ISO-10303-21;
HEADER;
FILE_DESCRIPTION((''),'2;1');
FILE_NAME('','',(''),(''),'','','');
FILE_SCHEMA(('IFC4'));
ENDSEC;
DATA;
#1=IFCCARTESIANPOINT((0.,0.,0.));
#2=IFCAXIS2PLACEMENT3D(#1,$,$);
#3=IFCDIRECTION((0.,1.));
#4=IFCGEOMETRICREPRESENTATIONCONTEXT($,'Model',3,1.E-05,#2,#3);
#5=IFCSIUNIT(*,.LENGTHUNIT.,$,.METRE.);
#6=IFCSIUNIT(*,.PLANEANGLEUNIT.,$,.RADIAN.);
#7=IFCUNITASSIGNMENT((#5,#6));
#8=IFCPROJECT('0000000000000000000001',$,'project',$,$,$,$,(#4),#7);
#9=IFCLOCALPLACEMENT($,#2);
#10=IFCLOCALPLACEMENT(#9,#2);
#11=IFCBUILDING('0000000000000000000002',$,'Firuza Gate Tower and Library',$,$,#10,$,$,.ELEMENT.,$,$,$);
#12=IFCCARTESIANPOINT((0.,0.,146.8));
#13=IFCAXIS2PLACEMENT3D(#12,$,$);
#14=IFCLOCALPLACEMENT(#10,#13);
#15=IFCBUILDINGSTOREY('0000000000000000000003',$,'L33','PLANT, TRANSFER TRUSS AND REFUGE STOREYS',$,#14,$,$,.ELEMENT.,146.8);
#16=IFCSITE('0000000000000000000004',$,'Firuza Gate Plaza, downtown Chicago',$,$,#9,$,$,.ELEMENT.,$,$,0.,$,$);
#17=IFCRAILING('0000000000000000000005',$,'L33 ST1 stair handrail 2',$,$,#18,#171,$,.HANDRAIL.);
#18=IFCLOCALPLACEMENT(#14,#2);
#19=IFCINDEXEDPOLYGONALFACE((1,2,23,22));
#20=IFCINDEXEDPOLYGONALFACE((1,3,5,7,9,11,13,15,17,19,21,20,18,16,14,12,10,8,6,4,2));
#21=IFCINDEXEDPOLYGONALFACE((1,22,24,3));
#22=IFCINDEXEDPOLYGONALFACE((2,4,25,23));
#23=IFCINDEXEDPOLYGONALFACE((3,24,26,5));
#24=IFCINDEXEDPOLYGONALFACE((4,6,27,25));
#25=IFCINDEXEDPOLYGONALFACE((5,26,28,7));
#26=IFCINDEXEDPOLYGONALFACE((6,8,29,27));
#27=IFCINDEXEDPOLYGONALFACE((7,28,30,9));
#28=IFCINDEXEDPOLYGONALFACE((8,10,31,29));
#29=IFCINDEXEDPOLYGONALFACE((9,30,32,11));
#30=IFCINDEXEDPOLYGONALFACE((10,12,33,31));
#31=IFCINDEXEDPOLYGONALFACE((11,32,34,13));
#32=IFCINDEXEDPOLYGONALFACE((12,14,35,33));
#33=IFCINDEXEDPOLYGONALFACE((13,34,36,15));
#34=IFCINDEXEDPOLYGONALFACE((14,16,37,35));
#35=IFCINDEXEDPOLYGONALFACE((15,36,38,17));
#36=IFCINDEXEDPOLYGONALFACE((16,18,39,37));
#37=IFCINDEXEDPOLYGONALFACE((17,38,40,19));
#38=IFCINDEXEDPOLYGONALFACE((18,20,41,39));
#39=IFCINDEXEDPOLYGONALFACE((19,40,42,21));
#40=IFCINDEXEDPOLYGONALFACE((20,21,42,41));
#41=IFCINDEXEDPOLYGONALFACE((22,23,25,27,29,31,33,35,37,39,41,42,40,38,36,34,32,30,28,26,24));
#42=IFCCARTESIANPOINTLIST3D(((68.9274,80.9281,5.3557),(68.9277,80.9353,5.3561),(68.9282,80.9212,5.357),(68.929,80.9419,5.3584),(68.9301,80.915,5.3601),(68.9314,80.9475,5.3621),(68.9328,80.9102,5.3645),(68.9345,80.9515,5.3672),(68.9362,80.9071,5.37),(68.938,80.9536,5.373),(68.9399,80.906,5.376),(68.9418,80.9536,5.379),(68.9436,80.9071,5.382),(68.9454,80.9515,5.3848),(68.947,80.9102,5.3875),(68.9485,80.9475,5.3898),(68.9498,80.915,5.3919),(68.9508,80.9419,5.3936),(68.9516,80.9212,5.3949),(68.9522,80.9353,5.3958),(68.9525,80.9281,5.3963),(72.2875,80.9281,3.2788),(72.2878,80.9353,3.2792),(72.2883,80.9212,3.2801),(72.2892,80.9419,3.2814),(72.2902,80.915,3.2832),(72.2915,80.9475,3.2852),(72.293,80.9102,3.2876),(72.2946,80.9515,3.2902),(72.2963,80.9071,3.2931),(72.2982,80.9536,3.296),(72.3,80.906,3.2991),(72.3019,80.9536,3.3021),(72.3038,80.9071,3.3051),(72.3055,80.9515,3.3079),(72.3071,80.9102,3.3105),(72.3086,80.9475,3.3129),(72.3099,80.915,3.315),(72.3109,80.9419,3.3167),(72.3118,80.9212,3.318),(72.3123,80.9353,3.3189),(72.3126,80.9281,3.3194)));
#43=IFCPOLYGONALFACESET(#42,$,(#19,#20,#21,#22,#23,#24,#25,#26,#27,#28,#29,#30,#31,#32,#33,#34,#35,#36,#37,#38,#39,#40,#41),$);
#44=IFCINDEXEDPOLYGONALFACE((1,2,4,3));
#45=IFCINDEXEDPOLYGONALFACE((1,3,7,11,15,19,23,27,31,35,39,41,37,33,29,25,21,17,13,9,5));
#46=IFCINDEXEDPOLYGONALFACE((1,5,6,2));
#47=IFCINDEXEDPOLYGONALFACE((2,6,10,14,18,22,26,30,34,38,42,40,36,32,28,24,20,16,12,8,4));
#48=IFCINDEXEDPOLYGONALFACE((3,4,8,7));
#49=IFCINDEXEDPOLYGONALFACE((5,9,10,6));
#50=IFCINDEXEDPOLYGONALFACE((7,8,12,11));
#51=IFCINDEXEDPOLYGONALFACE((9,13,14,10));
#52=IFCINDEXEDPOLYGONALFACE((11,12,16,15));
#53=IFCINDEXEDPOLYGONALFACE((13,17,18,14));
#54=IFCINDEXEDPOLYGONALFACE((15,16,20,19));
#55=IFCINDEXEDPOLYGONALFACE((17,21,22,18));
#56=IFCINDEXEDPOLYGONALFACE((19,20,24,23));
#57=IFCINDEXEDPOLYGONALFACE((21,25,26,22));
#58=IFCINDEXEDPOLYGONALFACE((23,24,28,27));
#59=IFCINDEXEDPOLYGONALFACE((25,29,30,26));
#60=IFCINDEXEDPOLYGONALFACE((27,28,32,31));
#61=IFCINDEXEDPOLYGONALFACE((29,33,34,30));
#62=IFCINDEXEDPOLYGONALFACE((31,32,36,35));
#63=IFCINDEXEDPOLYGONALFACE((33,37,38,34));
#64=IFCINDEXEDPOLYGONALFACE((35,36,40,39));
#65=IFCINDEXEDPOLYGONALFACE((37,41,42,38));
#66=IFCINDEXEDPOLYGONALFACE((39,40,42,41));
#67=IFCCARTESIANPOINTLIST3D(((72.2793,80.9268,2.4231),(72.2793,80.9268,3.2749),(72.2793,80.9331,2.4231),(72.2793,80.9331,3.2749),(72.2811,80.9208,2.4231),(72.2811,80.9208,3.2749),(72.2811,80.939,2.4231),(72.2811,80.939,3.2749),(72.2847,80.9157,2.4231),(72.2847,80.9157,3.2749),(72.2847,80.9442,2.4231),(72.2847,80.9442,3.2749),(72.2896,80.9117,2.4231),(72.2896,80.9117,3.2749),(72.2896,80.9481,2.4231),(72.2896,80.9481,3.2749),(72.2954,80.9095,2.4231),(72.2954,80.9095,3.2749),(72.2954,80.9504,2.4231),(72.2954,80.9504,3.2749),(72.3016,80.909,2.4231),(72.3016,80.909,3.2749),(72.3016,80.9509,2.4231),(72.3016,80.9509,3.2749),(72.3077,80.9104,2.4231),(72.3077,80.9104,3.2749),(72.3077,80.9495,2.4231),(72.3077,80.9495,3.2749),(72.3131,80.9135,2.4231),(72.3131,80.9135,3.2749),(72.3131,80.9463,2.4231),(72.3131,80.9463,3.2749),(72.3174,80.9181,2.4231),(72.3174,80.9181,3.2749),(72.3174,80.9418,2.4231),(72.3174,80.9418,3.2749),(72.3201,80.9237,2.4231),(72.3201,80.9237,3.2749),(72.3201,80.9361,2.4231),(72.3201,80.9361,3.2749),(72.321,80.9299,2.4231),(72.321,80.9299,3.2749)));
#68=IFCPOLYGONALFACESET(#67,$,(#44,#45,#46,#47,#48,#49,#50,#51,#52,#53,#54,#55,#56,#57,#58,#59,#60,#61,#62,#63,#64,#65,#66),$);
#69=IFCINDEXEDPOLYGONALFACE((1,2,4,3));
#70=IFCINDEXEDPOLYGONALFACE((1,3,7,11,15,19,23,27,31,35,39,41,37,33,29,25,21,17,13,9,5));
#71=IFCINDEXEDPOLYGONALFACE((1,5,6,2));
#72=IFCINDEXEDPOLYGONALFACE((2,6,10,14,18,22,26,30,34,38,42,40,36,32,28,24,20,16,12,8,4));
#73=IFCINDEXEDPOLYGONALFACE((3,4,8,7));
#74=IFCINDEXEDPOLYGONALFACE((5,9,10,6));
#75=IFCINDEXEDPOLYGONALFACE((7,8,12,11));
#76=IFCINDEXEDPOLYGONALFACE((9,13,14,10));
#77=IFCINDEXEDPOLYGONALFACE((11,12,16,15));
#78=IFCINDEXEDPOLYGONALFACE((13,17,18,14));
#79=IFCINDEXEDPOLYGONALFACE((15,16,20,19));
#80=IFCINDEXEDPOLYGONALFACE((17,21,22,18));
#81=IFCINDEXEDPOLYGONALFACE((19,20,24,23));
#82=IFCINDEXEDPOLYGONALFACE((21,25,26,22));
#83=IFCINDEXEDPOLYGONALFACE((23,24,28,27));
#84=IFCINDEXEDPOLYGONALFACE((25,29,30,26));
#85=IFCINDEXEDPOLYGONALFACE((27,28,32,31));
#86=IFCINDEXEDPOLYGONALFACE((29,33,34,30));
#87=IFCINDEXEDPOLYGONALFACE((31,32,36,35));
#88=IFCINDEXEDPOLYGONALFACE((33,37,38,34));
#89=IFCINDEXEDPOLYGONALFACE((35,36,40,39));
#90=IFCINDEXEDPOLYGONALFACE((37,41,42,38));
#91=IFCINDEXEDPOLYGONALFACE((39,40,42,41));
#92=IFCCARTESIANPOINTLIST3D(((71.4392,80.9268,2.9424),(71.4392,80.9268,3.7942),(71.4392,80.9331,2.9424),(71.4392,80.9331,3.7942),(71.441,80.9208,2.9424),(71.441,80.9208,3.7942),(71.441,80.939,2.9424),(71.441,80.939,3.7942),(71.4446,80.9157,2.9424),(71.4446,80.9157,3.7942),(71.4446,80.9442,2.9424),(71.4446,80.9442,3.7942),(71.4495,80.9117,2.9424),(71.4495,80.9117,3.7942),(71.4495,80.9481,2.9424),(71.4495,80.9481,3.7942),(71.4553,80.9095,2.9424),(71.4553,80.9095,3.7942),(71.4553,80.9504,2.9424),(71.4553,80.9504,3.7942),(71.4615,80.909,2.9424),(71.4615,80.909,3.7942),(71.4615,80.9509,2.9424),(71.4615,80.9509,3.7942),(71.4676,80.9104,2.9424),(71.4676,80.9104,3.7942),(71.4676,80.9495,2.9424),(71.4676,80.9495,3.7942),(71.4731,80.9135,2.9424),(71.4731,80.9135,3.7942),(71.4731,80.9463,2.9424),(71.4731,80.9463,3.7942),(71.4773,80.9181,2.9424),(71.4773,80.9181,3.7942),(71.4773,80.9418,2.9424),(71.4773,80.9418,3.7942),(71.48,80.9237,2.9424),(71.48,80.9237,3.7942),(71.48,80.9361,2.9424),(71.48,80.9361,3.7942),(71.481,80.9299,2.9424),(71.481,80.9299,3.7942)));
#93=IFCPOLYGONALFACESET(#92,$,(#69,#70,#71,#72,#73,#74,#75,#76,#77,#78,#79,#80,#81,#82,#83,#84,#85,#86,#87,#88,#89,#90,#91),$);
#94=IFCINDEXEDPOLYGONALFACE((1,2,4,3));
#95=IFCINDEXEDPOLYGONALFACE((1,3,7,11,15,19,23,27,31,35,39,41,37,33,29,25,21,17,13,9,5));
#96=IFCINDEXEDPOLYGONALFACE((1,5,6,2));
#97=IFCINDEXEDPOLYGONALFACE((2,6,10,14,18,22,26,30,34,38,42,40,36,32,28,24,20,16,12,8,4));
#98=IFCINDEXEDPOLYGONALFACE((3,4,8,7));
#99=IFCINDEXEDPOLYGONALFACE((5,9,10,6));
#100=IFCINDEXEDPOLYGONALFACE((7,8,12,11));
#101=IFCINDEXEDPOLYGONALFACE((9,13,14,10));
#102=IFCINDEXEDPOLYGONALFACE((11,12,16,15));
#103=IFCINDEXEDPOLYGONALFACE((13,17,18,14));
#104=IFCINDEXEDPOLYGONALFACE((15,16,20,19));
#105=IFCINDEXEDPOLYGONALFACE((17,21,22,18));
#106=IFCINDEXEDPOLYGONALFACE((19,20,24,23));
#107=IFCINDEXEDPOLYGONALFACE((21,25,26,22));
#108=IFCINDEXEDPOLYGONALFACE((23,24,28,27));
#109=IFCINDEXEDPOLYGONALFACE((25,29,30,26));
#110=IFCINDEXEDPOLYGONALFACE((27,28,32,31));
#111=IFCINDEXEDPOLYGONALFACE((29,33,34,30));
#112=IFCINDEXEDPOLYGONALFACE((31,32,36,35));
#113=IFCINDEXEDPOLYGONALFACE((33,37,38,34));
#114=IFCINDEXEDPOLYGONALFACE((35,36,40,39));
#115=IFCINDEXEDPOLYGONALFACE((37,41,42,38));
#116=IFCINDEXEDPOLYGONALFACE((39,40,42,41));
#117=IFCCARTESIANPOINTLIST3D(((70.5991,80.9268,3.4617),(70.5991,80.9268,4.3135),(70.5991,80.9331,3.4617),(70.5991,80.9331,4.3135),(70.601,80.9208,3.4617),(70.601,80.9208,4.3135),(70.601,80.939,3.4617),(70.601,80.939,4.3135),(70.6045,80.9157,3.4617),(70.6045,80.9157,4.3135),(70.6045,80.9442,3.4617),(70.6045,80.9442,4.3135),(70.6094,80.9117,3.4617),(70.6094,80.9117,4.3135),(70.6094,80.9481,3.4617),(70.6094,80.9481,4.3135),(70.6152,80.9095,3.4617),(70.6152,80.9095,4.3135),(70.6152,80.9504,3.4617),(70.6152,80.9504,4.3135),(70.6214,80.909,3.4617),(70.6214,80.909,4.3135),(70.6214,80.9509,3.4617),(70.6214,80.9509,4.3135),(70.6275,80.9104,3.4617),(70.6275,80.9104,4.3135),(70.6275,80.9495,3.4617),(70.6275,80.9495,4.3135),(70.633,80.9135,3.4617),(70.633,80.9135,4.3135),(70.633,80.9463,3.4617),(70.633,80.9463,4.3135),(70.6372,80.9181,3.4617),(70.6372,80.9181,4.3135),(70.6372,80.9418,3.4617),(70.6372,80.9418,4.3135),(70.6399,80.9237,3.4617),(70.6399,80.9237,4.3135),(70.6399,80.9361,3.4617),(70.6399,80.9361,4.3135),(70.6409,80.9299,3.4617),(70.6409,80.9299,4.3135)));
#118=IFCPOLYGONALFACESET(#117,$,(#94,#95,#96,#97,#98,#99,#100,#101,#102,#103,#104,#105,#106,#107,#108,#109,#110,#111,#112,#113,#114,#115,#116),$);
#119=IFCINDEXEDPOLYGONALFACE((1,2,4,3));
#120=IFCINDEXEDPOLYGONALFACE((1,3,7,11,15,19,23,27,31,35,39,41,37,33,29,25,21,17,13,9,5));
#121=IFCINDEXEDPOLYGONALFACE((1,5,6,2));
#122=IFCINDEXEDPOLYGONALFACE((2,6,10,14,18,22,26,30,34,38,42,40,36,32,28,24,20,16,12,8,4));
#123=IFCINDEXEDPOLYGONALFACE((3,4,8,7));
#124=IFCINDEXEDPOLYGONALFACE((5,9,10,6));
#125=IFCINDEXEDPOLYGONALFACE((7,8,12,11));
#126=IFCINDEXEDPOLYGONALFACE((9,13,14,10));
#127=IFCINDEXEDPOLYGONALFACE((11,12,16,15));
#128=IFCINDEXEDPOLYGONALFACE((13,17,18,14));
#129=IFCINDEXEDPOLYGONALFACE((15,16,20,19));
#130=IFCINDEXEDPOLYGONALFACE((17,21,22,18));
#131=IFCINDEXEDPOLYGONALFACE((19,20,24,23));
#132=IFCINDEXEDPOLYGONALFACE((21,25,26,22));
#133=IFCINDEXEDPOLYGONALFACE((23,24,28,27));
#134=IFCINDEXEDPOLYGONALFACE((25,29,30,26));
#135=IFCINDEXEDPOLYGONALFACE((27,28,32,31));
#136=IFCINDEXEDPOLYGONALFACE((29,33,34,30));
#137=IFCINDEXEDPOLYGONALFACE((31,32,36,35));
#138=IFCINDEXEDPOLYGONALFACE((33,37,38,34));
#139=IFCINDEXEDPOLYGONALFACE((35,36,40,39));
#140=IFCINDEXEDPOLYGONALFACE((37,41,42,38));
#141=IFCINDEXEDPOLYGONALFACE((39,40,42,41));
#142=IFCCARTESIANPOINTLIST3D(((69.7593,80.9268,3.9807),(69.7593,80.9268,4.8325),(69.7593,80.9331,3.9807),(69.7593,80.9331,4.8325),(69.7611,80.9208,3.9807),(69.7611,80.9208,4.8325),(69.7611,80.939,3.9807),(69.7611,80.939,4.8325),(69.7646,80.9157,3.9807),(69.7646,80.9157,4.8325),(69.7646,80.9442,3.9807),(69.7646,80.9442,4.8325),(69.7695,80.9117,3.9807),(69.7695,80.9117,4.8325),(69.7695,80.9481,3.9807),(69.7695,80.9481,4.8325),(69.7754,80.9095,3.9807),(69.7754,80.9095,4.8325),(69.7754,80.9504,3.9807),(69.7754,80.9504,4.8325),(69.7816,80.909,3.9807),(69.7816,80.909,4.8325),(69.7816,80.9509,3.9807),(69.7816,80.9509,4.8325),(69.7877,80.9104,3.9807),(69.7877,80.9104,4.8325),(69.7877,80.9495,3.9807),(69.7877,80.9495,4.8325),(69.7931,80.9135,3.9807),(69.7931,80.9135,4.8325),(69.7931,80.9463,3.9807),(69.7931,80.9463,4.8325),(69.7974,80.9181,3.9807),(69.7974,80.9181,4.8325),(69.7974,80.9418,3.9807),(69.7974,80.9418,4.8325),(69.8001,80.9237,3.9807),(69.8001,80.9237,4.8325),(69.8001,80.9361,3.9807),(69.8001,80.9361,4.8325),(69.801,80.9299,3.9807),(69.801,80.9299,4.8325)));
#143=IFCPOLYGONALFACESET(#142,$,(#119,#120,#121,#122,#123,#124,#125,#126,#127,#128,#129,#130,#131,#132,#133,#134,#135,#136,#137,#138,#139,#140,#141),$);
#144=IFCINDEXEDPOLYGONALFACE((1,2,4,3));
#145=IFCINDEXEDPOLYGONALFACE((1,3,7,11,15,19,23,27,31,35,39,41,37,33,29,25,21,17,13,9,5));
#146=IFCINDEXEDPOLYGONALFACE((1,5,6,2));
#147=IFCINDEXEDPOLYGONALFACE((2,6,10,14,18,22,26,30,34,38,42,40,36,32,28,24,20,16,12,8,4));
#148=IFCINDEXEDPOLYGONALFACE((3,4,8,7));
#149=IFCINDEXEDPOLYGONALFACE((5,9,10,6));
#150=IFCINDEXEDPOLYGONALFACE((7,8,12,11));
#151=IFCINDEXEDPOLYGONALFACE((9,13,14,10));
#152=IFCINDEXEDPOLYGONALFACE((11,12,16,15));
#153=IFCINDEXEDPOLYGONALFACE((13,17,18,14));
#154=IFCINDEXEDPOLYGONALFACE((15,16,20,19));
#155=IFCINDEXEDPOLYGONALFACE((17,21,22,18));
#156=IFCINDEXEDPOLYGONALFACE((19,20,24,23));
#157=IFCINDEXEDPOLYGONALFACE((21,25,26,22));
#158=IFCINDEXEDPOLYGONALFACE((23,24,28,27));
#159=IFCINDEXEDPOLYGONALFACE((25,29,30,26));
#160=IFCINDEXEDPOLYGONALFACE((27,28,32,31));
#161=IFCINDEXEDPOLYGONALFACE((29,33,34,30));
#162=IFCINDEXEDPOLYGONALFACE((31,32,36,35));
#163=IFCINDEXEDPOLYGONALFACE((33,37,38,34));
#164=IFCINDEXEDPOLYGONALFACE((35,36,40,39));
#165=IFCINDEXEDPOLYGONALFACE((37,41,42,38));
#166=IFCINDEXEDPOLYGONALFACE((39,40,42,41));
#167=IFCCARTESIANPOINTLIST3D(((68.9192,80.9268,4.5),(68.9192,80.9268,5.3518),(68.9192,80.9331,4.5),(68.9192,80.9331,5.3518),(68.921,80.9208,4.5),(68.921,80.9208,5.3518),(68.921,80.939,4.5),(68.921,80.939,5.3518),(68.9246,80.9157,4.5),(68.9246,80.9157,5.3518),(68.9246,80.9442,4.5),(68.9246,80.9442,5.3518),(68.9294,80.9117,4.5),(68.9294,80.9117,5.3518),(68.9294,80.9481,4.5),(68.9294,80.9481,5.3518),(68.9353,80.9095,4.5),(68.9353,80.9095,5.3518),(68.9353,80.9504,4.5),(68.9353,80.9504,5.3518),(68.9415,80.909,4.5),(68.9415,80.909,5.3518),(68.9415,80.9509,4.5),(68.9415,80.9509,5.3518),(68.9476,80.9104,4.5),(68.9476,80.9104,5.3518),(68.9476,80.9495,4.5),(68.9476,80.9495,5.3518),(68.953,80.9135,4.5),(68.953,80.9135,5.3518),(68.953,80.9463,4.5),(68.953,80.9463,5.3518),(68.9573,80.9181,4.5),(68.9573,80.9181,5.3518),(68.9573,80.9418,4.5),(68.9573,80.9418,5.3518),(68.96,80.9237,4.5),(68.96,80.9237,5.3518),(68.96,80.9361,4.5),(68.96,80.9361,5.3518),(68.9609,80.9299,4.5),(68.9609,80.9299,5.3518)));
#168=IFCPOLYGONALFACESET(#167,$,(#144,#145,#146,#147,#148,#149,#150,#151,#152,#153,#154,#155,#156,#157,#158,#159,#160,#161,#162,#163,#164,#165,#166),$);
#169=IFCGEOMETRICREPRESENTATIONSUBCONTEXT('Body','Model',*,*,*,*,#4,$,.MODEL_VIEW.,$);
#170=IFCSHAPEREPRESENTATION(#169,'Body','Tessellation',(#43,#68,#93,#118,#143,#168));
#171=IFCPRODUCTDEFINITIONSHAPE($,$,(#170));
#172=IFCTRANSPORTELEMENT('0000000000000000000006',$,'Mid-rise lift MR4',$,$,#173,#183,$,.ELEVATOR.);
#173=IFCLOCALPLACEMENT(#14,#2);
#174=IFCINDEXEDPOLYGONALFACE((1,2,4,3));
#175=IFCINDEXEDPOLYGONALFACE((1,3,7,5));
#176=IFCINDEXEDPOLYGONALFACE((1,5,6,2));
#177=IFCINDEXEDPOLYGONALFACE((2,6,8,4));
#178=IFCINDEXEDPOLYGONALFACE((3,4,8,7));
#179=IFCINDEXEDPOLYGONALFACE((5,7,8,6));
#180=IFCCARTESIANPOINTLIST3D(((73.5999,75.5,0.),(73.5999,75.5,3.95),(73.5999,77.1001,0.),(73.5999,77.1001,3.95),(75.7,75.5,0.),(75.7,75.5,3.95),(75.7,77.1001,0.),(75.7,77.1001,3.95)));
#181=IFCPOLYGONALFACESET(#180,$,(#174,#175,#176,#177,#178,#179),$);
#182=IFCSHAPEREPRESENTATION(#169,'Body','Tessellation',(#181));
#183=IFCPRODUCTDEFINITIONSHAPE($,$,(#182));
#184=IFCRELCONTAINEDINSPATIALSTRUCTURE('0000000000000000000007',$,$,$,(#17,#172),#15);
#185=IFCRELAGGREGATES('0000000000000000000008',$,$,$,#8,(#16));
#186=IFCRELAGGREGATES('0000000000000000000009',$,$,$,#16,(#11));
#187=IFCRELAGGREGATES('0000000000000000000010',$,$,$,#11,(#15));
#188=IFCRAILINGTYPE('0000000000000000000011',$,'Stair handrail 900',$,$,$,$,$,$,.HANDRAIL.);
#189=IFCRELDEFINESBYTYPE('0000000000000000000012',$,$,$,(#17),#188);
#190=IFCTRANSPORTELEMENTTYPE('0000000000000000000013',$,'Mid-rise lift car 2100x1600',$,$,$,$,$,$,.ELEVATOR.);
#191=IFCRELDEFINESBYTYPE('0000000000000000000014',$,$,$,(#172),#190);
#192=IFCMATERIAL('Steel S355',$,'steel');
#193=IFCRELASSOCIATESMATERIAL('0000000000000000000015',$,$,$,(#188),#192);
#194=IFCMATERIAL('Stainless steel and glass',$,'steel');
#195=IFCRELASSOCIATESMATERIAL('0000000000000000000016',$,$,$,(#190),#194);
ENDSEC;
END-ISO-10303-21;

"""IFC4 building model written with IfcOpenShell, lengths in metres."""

from ifc_helpers import new_model, si_unit, direction, frame, origin, origin_2d, place, context, subcontext, project, spatial, rectangle, circle, extrude, material, type_object, element, save


model = new_model("IFC4")

# Units and contexts
model_context = context("Model", 3, precision=1e-05, world=origin(), true_north=direction((0.0, 1.0)))
body_context = subcontext(model_context, "Body", "Model", "MODEL_VIEW")
ifc_project = project(units=[si_unit("LENGTHUNIT", "METRE"), si_unit("PLANEANGLEUNIT", "RADIAN")], contexts=[model_context])

# Site, building, storey
site_placement = place(None, origin())
site = spatial("IfcSite", under=ifc_project, at=site_placement, Name="Firuza Gate Plaza, downtown Chicago", CompositionType="ELEMENT", RefElevation=0.0)
building_placement = place(site_placement, origin())
building = spatial("IfcBuilding", under=site, at=building_placement, Name="Firuza Gate Tower and Library", CompositionType="ELEMENT")
storey_placement = place(building_placement, frame((0.0, 0.0, 146.8)))
storey = spatial("IfcBuildingStorey", under=building, at=storey_placement, Name="L33", Description="PLANT, TRANSFER TRUSS AND REFUGE STOREYS", CompositionType="ELEMENT", Elevation=146.8)

# Railing
ifc_material_1 = material(Name="Steel S355", Category="steel")
railing_type_1 = type_object("IfcRailingType", Name="Stair handrail 900", PredefinedType="HANDRAIL", material=ifc_material_1)
railing_1_placement = place(storey_placement, frame((72.3, 80.9299, 2.4231)))
element("IfcRailing", 1, at=railing_1_placement, inside=storey, type_object=railing_type_1, Name="L33 ST1 stair handrail 2", PredefinedType="HANDRAIL", context=body_context, shape_type="SweptSolid", body=[
    extrude(circle(Radius=0.0239, at=origin_2d()), frame((0.0, 0.0, 0.876), z_axis=(-0.850623, 0.0, 0.525776), x_axis=(0.0, -1.0, 0.0)), (0.0, 0.0, 1.0), 3.9502),
    extrude(circle(Radius=0.021, at=origin_2d()), origin(), (0.0, 0.0, 1.0), 0.8518),
    extrude(circle(Radius=0.021, at=origin_2d()), frame((-0.8401, 0.0, 0.5193)), (0.0, 0.0, 1.0), 0.8518),
    extrude(circle(Radius=0.021, at=origin_2d()), frame((-1.6802, 0.0, 1.0386)), (0.0, 0.0, 1.0), 0.8518),
    extrude(circle(Radius=0.021, at=origin_2d()), frame((-2.52, 0.0, 1.5576)), (0.0, 0.0, 1.0), 0.8518),
    extrude(circle(Radius=0.021, at=origin_2d()), frame((-3.3601, 0.0, 2.0769)), (0.0, 0.0, 1.0), 0.8518),
])

# Transport element
ifc_material_2 = material(Name="Stainless steel and glass", Category="steel")
transport_element_type = type_object("IfcTransportElementType", Name="Mid-rise lift car 2100x1600", PredefinedType="ELEVATOR", material=ifc_material_2)
transport_element_placement = place(storey_placement, frame((74.6499, 76.3, 0.0), z_axis=(0.0, 0.0, 1.0), x_axis=(1.0, 0.0, 0.0)))
element("IfcTransportElement", 2, at=transport_element_placement, inside=storey, type_object=transport_element_type, Name="Mid-rise lift MR4", PredefinedType="ELEVATOR", context=body_context, shape_type="SweptSolid", body=[
    extrude(rectangle(XDim=2.1001, YDim=1.6001, at=origin_2d()), origin(), (0.0, 0.0, 1.0), 3.95),
])

save(model, "model.ifc")
